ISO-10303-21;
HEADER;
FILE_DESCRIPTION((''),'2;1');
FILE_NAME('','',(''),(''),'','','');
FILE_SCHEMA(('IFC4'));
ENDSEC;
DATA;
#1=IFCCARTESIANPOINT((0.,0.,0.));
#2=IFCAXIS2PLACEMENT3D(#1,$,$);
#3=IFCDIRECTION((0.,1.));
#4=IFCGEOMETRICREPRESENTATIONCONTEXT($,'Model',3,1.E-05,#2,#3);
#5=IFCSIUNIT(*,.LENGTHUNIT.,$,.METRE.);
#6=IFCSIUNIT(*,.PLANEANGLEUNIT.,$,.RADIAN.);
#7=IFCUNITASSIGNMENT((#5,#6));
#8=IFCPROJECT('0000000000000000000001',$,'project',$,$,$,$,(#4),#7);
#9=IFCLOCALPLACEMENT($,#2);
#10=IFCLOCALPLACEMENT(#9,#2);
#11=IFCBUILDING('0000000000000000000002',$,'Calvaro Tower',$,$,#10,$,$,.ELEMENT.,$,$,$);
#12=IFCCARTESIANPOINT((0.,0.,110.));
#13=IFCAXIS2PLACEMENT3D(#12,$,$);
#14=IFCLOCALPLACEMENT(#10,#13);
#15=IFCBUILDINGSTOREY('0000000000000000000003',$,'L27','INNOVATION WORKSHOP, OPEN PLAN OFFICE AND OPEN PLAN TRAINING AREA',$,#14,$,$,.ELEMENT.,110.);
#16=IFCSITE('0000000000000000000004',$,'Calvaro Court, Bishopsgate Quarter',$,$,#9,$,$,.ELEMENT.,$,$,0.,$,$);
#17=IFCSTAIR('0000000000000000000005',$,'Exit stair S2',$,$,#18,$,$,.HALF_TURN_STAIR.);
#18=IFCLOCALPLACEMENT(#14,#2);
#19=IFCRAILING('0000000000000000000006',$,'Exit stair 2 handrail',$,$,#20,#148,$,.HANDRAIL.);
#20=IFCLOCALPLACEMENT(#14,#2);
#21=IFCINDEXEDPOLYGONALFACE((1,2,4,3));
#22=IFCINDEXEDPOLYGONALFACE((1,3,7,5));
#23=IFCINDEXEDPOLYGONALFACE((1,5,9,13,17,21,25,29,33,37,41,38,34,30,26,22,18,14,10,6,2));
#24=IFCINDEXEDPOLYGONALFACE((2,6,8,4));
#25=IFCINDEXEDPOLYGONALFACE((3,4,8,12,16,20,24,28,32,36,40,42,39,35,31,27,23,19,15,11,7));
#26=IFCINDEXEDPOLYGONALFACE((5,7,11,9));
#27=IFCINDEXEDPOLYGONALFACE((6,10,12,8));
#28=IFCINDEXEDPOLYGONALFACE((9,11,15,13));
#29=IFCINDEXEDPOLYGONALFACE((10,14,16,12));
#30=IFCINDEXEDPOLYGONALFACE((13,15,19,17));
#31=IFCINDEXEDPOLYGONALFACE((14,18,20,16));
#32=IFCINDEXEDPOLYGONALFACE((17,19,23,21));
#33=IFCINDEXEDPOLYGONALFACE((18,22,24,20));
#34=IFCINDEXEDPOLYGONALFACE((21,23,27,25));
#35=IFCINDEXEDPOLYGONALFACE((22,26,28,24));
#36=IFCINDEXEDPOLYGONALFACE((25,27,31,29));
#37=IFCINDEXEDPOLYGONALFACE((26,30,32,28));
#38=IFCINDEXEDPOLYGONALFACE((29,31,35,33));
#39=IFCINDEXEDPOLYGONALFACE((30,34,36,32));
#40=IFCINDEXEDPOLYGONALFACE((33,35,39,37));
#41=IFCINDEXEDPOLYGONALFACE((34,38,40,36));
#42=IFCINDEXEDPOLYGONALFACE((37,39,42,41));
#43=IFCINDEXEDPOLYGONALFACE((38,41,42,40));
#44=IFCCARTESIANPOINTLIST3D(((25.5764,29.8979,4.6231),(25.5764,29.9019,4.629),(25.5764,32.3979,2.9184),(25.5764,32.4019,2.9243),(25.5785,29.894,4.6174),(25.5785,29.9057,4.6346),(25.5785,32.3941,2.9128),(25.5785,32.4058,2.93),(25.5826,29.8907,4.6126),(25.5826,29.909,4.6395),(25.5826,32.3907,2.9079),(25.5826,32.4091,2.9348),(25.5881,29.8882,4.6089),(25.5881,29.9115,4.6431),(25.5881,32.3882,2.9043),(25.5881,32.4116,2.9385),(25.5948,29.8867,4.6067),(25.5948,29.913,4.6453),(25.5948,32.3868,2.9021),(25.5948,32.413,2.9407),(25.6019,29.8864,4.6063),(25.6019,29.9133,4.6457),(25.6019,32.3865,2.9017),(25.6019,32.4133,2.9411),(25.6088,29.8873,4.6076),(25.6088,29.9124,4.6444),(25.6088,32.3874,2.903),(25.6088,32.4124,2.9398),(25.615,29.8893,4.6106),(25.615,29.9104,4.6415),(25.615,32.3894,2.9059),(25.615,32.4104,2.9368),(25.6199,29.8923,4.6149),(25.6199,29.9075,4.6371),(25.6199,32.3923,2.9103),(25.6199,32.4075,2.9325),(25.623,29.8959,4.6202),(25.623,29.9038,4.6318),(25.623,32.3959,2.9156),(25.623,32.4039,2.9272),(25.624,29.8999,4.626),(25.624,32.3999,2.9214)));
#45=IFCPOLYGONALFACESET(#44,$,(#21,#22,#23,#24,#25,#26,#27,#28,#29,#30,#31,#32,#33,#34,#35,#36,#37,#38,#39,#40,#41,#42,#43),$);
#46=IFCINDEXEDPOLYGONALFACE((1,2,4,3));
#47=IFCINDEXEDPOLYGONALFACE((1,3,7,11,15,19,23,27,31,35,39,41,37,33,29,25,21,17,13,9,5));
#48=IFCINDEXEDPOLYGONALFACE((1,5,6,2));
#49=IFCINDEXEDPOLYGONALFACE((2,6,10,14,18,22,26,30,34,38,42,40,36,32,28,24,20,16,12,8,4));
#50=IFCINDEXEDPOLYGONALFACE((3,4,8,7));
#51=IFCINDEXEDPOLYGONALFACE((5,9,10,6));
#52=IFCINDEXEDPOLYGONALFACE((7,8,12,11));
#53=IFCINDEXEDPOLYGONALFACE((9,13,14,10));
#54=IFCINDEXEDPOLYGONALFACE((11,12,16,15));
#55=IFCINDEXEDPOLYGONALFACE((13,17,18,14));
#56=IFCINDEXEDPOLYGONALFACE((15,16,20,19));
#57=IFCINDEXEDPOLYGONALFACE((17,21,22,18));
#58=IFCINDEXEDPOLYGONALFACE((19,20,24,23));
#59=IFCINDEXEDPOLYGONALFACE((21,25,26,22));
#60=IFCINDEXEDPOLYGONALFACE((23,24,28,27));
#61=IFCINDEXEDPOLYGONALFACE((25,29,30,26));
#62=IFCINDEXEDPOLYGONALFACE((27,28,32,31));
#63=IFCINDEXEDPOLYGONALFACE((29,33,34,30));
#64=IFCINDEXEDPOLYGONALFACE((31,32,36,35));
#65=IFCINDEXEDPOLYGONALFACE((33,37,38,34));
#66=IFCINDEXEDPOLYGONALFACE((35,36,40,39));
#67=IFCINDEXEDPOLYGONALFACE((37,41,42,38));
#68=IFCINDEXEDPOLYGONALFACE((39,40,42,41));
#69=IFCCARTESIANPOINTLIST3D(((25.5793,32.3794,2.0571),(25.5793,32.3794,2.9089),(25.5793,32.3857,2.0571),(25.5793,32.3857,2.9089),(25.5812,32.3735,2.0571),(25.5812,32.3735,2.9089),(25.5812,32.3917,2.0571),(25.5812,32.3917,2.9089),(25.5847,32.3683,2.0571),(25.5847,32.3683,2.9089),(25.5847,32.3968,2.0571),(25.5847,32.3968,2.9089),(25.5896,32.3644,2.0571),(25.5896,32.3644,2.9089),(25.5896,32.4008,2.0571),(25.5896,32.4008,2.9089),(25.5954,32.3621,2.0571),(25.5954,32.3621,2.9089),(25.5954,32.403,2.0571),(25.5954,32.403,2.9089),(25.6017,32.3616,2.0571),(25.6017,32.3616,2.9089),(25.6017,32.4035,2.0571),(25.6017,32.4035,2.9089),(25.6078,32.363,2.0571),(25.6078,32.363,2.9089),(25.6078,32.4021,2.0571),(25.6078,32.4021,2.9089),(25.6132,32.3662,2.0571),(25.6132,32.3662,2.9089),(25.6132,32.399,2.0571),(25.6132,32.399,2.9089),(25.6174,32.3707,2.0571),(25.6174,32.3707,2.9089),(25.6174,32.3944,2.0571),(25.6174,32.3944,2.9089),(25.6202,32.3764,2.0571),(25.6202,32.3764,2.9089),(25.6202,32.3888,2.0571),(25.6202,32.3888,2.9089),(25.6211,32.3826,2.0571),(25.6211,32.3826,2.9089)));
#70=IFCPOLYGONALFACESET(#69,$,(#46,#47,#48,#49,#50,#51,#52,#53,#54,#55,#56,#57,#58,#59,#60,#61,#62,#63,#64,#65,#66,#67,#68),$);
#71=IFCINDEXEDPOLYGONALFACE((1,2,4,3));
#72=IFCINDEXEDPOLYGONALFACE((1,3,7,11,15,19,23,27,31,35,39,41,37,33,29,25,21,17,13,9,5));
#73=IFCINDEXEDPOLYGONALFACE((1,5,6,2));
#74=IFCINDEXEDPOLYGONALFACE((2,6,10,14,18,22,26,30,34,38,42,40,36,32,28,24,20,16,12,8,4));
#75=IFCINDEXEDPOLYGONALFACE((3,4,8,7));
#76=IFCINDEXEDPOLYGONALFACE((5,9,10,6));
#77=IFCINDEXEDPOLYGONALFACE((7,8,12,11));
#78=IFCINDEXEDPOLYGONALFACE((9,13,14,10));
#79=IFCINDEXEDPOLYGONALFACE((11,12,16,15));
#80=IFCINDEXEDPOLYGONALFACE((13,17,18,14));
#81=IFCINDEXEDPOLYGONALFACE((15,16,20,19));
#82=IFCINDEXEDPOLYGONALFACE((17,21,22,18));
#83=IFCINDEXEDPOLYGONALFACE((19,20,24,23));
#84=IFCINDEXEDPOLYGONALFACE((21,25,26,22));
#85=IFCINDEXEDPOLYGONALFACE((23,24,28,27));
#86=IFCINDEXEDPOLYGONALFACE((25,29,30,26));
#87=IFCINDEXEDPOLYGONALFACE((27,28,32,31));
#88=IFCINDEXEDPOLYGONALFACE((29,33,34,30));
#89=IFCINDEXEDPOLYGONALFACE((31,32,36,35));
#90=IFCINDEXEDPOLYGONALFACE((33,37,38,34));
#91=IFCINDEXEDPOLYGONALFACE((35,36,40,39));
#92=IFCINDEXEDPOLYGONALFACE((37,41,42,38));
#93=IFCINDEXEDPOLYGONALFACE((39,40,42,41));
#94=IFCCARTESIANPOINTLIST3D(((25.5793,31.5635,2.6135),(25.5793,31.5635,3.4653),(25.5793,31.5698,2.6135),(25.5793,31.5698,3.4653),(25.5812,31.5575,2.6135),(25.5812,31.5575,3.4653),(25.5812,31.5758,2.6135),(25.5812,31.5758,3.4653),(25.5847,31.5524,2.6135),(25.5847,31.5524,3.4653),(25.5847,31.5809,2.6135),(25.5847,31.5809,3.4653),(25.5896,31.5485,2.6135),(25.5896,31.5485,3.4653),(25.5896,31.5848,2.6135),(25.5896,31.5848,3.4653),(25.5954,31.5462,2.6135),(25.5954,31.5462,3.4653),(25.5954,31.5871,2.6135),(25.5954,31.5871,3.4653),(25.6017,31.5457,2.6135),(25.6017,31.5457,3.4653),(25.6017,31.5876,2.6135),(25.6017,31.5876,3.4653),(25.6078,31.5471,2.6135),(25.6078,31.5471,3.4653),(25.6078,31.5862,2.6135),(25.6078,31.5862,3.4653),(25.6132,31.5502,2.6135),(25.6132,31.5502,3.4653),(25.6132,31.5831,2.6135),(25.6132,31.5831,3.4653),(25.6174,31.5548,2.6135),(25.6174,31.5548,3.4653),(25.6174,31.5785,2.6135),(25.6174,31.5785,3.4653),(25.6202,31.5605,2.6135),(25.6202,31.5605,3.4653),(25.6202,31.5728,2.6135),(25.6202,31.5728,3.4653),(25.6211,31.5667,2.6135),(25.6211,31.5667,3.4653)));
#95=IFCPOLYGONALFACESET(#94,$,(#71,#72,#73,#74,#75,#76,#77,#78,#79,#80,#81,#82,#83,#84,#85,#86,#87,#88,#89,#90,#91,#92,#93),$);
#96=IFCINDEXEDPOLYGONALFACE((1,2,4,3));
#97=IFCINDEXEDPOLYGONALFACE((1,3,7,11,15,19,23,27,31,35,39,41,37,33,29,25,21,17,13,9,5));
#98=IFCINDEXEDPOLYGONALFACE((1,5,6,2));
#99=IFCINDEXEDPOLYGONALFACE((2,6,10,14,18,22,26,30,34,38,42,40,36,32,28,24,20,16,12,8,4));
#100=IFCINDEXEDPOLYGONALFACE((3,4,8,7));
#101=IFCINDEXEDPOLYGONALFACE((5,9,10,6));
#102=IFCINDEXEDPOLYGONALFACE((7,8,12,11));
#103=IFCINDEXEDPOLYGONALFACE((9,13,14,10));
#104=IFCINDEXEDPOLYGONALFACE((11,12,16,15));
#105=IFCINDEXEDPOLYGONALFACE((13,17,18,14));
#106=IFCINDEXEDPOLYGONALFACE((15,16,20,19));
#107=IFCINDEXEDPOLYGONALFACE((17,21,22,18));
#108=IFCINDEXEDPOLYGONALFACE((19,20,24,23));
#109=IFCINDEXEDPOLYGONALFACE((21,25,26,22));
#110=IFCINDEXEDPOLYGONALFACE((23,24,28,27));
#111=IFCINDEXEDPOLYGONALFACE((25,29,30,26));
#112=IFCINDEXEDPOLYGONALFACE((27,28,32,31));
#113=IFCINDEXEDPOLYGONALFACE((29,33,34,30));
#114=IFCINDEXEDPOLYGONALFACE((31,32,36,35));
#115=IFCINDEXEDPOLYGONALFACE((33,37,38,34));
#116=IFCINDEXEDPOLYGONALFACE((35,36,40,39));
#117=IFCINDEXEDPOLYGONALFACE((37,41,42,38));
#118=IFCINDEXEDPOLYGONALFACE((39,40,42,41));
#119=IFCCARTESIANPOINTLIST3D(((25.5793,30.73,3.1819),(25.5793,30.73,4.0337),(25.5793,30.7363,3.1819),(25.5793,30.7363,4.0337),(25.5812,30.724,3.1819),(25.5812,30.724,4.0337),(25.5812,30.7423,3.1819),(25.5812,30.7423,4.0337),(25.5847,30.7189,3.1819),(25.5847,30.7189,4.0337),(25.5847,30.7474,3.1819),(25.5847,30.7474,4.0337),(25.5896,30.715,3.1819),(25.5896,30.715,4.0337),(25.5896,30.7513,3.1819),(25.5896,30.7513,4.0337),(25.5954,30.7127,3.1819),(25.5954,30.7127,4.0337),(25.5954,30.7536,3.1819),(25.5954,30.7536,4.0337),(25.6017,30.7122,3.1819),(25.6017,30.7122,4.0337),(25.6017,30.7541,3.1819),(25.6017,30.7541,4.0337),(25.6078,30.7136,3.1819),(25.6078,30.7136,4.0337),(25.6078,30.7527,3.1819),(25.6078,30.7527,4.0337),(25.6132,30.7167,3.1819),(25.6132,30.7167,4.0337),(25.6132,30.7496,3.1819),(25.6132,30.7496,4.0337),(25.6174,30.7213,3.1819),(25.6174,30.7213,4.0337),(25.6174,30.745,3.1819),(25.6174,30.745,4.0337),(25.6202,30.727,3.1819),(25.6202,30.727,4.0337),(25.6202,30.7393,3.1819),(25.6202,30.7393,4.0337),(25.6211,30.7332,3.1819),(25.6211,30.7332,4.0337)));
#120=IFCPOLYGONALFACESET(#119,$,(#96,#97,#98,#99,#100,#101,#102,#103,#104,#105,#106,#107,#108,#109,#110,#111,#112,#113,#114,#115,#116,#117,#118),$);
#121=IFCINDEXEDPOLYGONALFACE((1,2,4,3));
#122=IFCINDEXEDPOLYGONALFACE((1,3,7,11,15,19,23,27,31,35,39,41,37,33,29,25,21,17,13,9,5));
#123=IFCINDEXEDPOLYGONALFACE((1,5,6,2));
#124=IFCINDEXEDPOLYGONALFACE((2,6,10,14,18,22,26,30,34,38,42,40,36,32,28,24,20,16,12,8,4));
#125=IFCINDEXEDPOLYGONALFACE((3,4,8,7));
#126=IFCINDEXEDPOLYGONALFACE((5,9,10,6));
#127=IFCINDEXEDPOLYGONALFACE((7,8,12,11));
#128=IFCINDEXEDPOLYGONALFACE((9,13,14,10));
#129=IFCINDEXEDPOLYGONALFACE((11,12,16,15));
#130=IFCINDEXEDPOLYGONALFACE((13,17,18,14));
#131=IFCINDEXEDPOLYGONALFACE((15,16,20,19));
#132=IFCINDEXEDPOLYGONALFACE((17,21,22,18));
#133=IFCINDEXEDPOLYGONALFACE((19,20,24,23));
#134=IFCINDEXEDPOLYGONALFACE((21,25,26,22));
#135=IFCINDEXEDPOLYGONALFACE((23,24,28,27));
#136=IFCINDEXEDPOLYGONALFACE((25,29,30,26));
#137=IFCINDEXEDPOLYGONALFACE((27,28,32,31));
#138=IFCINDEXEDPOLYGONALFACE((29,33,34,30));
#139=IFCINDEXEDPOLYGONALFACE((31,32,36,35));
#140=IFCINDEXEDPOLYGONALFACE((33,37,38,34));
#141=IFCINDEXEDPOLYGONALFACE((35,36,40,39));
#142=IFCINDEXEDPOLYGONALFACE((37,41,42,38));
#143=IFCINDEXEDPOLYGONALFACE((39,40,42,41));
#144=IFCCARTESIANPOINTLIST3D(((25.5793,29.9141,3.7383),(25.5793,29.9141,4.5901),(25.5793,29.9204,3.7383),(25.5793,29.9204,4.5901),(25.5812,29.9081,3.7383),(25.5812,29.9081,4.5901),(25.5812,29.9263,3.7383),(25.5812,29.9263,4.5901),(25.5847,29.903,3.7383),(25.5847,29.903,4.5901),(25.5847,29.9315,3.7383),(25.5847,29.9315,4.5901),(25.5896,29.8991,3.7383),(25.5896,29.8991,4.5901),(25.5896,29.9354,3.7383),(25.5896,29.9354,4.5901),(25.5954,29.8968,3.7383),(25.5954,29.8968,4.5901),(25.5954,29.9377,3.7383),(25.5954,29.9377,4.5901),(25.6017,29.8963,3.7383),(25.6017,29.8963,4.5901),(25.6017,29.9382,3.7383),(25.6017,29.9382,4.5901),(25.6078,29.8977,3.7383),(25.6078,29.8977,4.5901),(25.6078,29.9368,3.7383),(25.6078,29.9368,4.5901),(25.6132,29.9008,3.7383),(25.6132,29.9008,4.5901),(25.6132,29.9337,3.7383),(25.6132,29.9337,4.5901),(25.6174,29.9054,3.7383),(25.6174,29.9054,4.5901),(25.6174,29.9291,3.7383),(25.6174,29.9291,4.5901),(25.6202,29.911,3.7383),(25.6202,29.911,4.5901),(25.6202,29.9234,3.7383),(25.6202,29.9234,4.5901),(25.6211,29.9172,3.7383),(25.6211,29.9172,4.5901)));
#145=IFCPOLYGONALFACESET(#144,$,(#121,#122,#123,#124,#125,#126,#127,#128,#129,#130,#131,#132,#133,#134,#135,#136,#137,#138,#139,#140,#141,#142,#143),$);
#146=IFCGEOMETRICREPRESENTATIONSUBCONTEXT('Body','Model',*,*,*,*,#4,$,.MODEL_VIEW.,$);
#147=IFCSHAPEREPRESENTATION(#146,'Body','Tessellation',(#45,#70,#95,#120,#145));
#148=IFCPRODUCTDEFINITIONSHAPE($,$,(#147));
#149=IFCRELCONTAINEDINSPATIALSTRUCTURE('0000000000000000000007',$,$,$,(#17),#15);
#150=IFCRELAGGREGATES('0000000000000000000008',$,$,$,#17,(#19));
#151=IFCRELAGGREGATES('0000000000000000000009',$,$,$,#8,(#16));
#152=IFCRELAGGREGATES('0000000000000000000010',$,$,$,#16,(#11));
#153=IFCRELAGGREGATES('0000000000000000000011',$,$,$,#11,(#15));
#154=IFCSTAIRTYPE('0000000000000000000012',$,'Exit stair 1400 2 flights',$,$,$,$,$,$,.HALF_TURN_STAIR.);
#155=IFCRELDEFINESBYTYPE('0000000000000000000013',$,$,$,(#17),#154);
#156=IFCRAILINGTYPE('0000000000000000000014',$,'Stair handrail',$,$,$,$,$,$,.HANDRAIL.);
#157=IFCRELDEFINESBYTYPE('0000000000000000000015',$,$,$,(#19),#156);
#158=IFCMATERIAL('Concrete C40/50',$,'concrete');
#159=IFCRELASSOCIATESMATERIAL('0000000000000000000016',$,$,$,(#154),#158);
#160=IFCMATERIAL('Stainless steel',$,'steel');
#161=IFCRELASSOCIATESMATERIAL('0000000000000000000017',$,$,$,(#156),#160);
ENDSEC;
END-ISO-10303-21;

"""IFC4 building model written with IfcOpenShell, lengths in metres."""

from ifc_helpers import new_model, si_unit, direction, frame, origin, origin_2d, place, context, subcontext, project, spatial, circle, extrude, material, type_object, element, aggregate, save


model = new_model("IFC4")

# Units and contexts
model_context = context("Model", 3, precision=1e-05, world=origin(), true_north=direction((0.0, 1.0)))
body_context = subcontext(model_context, "Body", "Model", "MODEL_VIEW")
ifc_project = project(units=[si_unit("LENGTHUNIT", "METRE"), si_unit("PLANEANGLEUNIT", "RADIAN")], contexts=[model_context])

# Site, building, storey
site_placement = place(None, origin())
site = spatial("IfcSite", under=ifc_project, at=site_placement, Name="Calvaro Court, Bishopsgate Quarter", CompositionType="ELEMENT", RefElevation=0.0)
building_placement = place(site_placement, origin())
building = spatial("IfcBuilding", under=site, at=building_placement, Name="Calvaro Tower", CompositionType="ELEMENT")
storey_placement = place(building_placement, frame((0.0, 0.0, 110.0)))
storey = spatial("IfcBuildingStorey", under=building, at=storey_placement, Name="L27", Description="INNOVATION WORKSHOP, OPEN PLAN OFFICE AND OPEN PLAN TRAINING AREA", CompositionType="ELEMENT", Elevation=110.0)

# Stair, railing
ifc_material_1 = material(Name="Concrete C40/50", Category="concrete")
stair_type = type_object("IfcStairType", Name="Exit stair 1400 2 flights", PredefinedType="HALF_TURN_STAIR", material=ifc_material_1)
stair_placement = place(storey_placement, origin())
stair = element("IfcStair", 1, at=stair_placement, inside=storey, type_object=stair_type, Name="Exit stair S2", PredefinedType="HALF_TURN_STAIR")
ifc_material_2 = material(Name="Stainless steel", Category="steel")
railing_type = type_object("IfcRailingType", Name="Stair handrail", PredefinedType="HANDRAIL", material=ifc_material_2)
railing_1_placement = place(storey_placement, frame((25.6001, 32.3999, 2.0454)))
railing_1 = element("IfcRailing", 2, at=railing_1_placement, type_object=railing_type, Name="Exit stair 2 handrail", PredefinedType="HANDRAIL", context=body_context, shape_type="SweptSolid", body=[
    extrude(circle(Radius=0.0239, at=origin_2d()), frame((0.0, 0.0, 0.876), z_axis=(0.0, -0.826221, 0.563347), x_axis=(1.0, 0.0, 0.0)), (0.0, 0.0, 1.0), 3.0259),
    extrude(circle(Radius=0.021, at=origin_2d()), frame((0.0, -0.0173, 0.0117)), (0.0, 0.0, 1.0), 0.8518),
    extrude(circle(Radius=0.021, at=origin_2d()), frame((0.0, -0.8333, 0.5681)), (0.0, 0.0, 1.0), 0.8518),
    extrude(circle(Radius=0.021, at=origin_2d()), frame((0.0, -1.6667, 1.1365)), (0.0, 0.0, 1.0), 0.8518),
    extrude(circle(Radius=0.021, at=origin_2d()), frame((0.0, -2.4827, 1.6929)), (0.0, 0.0, 1.0), 0.8518),
])
aggregate(stair, [railing_1])

save(model, "model.ifc")
